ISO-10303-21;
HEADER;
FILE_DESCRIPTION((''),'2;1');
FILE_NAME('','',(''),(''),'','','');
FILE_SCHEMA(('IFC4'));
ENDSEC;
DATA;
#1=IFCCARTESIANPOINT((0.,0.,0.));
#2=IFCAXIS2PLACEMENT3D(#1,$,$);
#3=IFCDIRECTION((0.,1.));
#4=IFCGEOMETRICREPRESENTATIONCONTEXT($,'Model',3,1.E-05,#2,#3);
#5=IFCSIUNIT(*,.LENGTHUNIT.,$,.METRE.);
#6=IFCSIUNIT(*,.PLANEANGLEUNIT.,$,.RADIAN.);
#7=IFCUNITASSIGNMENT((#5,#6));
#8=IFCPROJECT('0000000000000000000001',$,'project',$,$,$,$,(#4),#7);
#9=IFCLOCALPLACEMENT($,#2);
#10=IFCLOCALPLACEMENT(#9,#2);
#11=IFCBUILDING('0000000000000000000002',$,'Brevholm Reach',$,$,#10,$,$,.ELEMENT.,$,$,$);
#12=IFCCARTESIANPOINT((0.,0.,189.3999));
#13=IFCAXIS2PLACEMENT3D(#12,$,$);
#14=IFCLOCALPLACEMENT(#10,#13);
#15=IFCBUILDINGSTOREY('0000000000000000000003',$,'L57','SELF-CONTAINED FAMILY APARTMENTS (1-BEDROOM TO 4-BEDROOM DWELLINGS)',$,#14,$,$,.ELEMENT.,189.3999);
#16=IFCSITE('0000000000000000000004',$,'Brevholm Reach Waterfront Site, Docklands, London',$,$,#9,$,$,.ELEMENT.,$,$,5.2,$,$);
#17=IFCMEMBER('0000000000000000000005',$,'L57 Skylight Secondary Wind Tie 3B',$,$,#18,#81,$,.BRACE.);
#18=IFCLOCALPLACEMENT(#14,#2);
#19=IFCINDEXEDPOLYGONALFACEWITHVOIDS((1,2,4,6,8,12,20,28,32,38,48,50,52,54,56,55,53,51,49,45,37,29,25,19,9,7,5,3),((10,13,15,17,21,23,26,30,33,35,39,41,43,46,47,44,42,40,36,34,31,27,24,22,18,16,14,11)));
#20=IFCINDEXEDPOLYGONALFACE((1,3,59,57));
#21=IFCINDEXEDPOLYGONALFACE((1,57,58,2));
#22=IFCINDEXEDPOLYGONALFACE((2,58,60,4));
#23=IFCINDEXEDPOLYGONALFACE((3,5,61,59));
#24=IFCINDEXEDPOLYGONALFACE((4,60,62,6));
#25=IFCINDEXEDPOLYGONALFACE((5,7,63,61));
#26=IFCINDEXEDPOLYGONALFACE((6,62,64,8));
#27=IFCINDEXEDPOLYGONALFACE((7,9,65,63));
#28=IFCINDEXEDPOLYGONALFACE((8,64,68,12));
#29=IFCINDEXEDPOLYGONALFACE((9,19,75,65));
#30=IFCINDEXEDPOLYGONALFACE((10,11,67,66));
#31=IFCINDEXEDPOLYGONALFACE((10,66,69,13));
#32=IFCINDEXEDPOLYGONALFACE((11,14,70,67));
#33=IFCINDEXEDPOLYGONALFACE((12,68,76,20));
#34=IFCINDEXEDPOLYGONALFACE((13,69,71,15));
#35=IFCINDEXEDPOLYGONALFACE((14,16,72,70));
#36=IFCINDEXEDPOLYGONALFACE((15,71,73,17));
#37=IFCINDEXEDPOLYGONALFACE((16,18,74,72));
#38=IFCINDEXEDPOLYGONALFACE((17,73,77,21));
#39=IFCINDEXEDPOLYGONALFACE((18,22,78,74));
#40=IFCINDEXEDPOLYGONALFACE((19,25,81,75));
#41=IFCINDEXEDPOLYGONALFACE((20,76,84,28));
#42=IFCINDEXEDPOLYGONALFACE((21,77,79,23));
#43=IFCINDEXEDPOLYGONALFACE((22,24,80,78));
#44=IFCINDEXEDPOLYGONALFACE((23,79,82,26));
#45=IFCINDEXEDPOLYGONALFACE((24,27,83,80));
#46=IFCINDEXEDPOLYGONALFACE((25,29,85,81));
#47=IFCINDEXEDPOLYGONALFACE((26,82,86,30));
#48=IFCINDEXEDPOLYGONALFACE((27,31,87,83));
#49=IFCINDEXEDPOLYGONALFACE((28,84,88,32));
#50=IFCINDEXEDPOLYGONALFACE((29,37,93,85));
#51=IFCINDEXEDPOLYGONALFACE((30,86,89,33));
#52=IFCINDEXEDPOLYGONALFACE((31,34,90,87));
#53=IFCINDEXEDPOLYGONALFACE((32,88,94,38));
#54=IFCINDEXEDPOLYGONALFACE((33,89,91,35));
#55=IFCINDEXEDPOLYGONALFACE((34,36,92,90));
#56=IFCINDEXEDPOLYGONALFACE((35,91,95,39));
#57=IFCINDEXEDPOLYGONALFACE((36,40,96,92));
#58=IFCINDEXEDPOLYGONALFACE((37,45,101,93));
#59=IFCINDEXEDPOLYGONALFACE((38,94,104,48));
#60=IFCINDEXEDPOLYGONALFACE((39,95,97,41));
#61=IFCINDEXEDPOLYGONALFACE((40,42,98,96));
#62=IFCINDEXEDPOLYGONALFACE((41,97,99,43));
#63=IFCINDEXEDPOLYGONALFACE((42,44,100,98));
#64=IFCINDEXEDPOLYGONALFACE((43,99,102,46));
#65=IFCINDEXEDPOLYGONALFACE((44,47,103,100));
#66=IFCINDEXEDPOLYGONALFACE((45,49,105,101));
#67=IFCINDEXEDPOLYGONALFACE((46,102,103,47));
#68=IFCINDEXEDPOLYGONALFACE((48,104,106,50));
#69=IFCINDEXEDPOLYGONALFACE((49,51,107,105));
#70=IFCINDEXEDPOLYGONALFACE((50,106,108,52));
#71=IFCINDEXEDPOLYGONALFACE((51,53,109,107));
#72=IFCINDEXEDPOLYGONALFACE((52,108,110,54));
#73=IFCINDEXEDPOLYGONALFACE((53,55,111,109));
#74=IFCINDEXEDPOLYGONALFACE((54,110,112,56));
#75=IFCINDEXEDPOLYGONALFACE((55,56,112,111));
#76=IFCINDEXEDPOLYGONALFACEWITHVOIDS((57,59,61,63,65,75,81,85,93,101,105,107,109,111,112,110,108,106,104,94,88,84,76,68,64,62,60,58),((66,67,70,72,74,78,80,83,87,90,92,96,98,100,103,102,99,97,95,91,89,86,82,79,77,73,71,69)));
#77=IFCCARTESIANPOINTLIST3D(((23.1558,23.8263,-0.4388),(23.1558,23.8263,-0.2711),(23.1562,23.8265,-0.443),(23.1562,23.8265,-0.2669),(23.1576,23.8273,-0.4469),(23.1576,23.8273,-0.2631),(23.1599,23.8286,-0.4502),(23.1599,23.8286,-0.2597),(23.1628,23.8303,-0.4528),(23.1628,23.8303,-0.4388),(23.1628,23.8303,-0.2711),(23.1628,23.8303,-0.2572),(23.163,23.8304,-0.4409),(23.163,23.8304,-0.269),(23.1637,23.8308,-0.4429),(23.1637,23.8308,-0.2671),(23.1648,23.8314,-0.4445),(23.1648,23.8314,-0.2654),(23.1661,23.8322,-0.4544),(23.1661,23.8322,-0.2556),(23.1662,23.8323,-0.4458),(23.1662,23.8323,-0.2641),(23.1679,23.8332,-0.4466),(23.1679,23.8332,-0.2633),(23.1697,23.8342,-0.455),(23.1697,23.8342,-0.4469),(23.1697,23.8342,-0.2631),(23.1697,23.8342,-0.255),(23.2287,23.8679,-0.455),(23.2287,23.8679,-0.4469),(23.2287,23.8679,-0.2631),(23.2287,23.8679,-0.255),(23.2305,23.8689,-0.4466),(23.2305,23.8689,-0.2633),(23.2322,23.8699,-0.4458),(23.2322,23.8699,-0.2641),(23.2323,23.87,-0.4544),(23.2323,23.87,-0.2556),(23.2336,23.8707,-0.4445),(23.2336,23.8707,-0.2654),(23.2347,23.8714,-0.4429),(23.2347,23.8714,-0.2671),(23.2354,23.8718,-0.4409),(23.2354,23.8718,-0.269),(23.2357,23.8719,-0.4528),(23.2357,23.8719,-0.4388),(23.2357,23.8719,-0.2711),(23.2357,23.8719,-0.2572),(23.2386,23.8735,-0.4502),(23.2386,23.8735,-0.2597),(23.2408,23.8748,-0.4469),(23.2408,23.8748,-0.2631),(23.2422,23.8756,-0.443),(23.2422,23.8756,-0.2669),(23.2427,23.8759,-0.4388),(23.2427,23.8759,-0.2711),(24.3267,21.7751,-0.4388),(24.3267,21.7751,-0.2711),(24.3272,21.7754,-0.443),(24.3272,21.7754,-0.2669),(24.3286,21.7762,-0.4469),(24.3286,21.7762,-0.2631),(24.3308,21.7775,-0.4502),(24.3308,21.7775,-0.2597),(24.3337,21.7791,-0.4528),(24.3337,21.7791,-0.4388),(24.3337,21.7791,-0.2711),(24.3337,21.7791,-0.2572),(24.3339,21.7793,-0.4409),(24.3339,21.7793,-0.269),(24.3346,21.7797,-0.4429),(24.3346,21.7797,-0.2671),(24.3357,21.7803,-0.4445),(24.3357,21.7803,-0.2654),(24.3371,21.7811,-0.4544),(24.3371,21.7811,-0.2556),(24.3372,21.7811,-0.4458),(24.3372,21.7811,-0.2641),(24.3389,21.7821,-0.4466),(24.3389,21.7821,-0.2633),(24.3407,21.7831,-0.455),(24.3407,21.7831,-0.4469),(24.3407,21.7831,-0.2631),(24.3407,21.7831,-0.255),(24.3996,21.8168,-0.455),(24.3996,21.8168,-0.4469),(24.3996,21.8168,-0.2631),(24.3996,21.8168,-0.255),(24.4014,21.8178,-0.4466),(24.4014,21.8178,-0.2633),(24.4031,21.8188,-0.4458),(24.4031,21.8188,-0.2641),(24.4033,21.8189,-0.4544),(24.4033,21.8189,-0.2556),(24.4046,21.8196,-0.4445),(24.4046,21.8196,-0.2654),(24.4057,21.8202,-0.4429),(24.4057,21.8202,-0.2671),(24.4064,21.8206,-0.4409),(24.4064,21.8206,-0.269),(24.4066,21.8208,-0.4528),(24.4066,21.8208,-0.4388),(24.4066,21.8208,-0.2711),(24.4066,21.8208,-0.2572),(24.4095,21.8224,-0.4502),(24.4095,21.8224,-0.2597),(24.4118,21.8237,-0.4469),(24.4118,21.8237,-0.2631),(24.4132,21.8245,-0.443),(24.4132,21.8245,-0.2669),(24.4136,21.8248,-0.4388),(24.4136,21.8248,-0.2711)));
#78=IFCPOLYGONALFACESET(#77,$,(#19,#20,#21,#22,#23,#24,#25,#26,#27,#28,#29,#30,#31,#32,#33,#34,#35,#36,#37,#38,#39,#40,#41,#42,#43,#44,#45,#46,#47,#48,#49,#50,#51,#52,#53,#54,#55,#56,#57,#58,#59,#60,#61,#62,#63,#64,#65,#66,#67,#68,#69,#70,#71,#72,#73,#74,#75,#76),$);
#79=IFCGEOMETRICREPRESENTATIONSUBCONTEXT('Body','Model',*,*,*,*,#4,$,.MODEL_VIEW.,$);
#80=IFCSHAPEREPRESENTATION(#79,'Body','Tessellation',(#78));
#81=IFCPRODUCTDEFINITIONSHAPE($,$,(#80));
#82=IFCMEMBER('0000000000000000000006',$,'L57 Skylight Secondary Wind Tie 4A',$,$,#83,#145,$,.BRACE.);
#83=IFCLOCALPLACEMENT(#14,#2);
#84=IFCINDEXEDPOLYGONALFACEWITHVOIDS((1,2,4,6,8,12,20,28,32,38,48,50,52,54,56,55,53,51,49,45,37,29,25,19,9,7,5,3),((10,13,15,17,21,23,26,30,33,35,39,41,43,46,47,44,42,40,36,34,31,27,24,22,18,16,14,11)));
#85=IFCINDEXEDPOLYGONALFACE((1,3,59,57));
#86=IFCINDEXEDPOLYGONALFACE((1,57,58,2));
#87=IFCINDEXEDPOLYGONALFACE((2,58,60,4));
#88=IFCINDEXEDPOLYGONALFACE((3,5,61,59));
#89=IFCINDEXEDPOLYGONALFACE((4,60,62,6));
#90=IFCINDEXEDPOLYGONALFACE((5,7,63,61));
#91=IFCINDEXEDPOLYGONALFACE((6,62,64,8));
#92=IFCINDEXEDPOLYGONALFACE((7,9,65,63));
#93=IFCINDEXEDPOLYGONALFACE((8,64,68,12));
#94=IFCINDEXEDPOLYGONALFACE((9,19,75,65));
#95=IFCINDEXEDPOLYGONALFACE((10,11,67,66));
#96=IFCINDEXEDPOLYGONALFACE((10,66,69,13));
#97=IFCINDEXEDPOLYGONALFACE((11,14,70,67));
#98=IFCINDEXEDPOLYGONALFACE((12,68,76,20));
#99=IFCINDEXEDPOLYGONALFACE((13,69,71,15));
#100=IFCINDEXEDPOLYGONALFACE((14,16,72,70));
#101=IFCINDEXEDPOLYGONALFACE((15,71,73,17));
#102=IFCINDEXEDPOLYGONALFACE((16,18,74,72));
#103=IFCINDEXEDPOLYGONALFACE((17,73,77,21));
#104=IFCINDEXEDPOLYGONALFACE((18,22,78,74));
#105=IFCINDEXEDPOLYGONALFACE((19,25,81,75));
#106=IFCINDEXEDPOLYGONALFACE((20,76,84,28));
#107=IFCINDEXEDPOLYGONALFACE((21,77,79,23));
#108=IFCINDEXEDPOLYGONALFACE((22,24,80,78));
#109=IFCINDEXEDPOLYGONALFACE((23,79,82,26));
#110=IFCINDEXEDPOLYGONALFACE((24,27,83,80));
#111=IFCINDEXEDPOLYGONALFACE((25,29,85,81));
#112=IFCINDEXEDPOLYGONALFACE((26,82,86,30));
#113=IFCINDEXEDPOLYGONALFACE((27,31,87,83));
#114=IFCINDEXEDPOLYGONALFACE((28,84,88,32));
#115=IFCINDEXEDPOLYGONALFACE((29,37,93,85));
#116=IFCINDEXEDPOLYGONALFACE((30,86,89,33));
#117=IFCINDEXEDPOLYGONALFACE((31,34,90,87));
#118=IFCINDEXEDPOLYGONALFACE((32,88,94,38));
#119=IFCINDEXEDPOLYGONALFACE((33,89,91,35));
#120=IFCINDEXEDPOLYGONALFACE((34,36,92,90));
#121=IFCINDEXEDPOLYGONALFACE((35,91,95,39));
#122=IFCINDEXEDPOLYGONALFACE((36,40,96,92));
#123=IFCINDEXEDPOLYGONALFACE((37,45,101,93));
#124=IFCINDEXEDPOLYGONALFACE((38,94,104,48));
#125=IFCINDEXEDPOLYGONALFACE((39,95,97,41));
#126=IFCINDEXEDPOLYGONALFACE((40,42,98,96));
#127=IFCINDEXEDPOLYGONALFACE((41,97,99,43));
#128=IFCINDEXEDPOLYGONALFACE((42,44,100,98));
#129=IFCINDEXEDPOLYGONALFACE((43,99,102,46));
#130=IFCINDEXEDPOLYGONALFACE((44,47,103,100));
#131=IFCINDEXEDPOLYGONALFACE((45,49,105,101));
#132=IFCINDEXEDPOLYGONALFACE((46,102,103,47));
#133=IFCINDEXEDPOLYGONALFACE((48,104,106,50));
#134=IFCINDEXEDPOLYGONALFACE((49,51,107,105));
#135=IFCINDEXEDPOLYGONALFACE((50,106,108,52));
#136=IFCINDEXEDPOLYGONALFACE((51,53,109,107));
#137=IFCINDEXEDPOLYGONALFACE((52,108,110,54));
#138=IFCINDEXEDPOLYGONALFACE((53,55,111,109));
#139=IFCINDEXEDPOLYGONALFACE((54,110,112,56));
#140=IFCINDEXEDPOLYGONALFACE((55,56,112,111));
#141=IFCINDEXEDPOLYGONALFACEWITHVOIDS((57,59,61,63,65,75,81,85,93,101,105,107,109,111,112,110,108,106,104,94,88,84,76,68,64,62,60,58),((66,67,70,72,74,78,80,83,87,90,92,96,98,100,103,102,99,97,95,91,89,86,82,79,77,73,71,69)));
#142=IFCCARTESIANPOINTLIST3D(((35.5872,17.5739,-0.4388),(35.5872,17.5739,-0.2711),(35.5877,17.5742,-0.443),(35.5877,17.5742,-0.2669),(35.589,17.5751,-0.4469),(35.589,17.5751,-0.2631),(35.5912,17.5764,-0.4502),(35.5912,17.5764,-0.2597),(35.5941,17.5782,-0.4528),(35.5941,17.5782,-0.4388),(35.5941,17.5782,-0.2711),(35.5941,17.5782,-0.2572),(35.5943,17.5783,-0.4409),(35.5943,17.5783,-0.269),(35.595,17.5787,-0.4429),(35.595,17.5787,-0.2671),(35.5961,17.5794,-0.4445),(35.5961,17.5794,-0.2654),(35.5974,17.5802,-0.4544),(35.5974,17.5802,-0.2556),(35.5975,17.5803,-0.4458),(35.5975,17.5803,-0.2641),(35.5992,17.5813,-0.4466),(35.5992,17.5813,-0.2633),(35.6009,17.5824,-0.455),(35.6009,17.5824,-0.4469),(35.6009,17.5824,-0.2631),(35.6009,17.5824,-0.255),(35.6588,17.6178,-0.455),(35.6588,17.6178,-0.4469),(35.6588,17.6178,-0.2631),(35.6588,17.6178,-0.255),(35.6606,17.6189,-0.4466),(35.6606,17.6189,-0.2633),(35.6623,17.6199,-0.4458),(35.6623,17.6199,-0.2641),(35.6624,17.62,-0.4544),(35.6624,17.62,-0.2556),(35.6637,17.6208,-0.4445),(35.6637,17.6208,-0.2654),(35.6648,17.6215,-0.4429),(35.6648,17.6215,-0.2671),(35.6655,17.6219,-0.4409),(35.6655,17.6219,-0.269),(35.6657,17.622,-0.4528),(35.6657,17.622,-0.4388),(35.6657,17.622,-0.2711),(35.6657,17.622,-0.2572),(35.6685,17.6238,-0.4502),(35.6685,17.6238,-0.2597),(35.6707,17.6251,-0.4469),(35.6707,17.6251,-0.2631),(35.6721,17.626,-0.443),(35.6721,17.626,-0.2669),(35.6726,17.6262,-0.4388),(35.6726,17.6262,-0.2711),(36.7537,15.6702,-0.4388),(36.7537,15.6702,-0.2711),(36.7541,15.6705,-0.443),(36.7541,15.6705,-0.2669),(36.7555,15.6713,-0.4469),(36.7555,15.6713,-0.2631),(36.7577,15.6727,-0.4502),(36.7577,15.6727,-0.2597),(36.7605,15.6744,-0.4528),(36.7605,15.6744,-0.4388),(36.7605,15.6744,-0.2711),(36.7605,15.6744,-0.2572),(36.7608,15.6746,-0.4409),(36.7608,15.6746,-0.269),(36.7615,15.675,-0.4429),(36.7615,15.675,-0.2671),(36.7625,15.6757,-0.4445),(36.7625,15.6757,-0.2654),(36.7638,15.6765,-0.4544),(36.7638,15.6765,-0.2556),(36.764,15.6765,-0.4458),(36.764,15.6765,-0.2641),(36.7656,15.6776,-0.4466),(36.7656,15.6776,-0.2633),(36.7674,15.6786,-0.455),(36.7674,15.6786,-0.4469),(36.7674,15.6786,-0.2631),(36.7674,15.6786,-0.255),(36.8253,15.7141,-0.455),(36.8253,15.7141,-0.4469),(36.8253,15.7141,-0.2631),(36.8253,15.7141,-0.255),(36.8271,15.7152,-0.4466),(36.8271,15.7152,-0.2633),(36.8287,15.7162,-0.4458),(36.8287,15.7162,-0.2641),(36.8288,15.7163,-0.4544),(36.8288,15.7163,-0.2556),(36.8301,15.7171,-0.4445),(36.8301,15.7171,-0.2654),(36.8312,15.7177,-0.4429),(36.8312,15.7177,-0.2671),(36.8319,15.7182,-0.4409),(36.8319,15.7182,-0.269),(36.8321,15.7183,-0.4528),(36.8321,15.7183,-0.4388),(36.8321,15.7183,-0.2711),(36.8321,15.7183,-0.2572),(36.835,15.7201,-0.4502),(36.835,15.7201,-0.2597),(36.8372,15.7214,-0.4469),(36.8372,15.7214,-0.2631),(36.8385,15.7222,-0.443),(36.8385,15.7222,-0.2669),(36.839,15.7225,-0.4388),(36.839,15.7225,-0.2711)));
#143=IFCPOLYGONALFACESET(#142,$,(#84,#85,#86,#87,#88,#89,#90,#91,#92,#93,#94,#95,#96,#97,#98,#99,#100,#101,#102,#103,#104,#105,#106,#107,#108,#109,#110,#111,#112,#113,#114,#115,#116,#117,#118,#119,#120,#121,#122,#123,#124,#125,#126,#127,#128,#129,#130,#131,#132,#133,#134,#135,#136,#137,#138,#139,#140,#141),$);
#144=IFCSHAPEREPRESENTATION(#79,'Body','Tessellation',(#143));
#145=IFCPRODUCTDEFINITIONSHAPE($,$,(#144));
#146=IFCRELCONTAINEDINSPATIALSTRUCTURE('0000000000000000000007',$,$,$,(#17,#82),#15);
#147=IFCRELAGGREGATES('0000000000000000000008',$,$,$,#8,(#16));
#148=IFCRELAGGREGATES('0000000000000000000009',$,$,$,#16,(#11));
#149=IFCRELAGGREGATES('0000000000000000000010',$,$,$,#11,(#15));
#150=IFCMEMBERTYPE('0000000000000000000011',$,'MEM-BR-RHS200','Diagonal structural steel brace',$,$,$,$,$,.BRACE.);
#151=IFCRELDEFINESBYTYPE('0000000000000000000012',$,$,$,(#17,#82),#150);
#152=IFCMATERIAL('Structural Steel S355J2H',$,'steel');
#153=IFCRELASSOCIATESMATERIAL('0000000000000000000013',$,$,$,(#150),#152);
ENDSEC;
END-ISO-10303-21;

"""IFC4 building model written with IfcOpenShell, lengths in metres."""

from ifc_helpers import new_model, si_unit, direction, frame, origin, origin_2d, place, context, subcontext, project, spatial, hollow_rectangle, extrude, material, material_profile, profile_set, type_object, element, save


model = new_model("IFC4")

# Units and contexts
model_context = context("Model", 3, precision=1e-05, world=origin(), true_north=direction((0.0, 1.0)))
body_context = subcontext(model_context, "Body", "Model", "MODEL_VIEW")
ifc_project = project(units=[si_unit("LENGTHUNIT", "METRE"), si_unit("PLANEANGLEUNIT", "RADIAN")], contexts=[model_context])

# Site, building, storey
site_placement = place(None, origin())
site = spatial("IfcSite", under=ifc_project, at=site_placement, Name="Brevholm Reach Waterfront Site, Docklands, London", CompositionType="ELEMENT", RefElevation=5.2)
building_placement = place(site_placement, origin())
building = spatial("IfcBuilding", under=site, at=building_placement, Name="Brevholm Reach", CompositionType="ELEMENT")
storey_placement = place(building_placement, frame((0.0, 0.0, 189.3999)))
storey = spatial("IfcBuildingStorey", under=building, at=storey_placement, Name="L57", Description="SELF-CONTAINED FAMILY APARTMENTS (1-BEDROOM TO 4-BEDROOM DWELLINGS)", CompositionType="ELEMENT", Elevation=189.3999)

# Members
ifc_material_1 = material(Name="Structural Steel S355J2H", Category="steel")
ifc_material_profile_1 = material_profile(ifc_material_1, hollow_rectangle(XDim=0.1001, YDim=0.2, WallThickness=0.0081, InnerFilletRadius=0.0081, OuterFilletRadius=0.0161, at=origin_2d()), Name="RHS 200x100x8")
ifc_profile_set_1 = profile_set([ifc_material_profile_1], Name="Structural Steel S355J2H")
member_type_1 = type_object("IfcMemberType", Name="MEM-BR-RHS200", Description="Diagonal structural steel brace", PredefinedType="BRACE", material=ifc_profile_set_1)
member_1_placement = place(storey_placement, frame((23.1992, 23.8511, -0.355), z_axis=(0.495783, -0.868447, 0.0), x_axis=(0.868447, 0.495783, 0.0)))
element("IfcMember", 1, at=member_1_placement, inside=storey, type_object=member_type_1, Name="L57 Skylight Secondary Wind Tie 3B", PredefinedType="BRACE", context=body_context, shape_type="SweptSolid", body=[
    extrude(hollow_rectangle(XDim=0.1001, YDim=0.2, WallThickness=0.0081, InnerFilletRadius=0.0081, OuterFilletRadius=0.0161, at=origin_2d()), origin(), (0.0, 0.0, 1.0), 2.3618),
])
member_2_placement = place(storey_placement, frame((35.6299, 17.6001, -0.355), z_axis=(0.522449, -0.85267, 0.0), x_axis=(0.85267, 0.522449, 0.0)))
element("IfcMember", 2, at=member_2_placement, inside=storey, type_object=member_type_1, Name="L57 Skylight Secondary Wind Tie 4A", PredefinedType="BRACE", context=body_context, shape_type="SweptSolid", body=[
    extrude(hollow_rectangle(XDim=0.1001, YDim=0.2, WallThickness=0.0081, InnerFilletRadius=0.0081, OuterFilletRadius=0.0161, at=origin_2d()), origin(), (0.0, 0.0, 1.0), 2.2327),
])

save(model, "model.ifc")
